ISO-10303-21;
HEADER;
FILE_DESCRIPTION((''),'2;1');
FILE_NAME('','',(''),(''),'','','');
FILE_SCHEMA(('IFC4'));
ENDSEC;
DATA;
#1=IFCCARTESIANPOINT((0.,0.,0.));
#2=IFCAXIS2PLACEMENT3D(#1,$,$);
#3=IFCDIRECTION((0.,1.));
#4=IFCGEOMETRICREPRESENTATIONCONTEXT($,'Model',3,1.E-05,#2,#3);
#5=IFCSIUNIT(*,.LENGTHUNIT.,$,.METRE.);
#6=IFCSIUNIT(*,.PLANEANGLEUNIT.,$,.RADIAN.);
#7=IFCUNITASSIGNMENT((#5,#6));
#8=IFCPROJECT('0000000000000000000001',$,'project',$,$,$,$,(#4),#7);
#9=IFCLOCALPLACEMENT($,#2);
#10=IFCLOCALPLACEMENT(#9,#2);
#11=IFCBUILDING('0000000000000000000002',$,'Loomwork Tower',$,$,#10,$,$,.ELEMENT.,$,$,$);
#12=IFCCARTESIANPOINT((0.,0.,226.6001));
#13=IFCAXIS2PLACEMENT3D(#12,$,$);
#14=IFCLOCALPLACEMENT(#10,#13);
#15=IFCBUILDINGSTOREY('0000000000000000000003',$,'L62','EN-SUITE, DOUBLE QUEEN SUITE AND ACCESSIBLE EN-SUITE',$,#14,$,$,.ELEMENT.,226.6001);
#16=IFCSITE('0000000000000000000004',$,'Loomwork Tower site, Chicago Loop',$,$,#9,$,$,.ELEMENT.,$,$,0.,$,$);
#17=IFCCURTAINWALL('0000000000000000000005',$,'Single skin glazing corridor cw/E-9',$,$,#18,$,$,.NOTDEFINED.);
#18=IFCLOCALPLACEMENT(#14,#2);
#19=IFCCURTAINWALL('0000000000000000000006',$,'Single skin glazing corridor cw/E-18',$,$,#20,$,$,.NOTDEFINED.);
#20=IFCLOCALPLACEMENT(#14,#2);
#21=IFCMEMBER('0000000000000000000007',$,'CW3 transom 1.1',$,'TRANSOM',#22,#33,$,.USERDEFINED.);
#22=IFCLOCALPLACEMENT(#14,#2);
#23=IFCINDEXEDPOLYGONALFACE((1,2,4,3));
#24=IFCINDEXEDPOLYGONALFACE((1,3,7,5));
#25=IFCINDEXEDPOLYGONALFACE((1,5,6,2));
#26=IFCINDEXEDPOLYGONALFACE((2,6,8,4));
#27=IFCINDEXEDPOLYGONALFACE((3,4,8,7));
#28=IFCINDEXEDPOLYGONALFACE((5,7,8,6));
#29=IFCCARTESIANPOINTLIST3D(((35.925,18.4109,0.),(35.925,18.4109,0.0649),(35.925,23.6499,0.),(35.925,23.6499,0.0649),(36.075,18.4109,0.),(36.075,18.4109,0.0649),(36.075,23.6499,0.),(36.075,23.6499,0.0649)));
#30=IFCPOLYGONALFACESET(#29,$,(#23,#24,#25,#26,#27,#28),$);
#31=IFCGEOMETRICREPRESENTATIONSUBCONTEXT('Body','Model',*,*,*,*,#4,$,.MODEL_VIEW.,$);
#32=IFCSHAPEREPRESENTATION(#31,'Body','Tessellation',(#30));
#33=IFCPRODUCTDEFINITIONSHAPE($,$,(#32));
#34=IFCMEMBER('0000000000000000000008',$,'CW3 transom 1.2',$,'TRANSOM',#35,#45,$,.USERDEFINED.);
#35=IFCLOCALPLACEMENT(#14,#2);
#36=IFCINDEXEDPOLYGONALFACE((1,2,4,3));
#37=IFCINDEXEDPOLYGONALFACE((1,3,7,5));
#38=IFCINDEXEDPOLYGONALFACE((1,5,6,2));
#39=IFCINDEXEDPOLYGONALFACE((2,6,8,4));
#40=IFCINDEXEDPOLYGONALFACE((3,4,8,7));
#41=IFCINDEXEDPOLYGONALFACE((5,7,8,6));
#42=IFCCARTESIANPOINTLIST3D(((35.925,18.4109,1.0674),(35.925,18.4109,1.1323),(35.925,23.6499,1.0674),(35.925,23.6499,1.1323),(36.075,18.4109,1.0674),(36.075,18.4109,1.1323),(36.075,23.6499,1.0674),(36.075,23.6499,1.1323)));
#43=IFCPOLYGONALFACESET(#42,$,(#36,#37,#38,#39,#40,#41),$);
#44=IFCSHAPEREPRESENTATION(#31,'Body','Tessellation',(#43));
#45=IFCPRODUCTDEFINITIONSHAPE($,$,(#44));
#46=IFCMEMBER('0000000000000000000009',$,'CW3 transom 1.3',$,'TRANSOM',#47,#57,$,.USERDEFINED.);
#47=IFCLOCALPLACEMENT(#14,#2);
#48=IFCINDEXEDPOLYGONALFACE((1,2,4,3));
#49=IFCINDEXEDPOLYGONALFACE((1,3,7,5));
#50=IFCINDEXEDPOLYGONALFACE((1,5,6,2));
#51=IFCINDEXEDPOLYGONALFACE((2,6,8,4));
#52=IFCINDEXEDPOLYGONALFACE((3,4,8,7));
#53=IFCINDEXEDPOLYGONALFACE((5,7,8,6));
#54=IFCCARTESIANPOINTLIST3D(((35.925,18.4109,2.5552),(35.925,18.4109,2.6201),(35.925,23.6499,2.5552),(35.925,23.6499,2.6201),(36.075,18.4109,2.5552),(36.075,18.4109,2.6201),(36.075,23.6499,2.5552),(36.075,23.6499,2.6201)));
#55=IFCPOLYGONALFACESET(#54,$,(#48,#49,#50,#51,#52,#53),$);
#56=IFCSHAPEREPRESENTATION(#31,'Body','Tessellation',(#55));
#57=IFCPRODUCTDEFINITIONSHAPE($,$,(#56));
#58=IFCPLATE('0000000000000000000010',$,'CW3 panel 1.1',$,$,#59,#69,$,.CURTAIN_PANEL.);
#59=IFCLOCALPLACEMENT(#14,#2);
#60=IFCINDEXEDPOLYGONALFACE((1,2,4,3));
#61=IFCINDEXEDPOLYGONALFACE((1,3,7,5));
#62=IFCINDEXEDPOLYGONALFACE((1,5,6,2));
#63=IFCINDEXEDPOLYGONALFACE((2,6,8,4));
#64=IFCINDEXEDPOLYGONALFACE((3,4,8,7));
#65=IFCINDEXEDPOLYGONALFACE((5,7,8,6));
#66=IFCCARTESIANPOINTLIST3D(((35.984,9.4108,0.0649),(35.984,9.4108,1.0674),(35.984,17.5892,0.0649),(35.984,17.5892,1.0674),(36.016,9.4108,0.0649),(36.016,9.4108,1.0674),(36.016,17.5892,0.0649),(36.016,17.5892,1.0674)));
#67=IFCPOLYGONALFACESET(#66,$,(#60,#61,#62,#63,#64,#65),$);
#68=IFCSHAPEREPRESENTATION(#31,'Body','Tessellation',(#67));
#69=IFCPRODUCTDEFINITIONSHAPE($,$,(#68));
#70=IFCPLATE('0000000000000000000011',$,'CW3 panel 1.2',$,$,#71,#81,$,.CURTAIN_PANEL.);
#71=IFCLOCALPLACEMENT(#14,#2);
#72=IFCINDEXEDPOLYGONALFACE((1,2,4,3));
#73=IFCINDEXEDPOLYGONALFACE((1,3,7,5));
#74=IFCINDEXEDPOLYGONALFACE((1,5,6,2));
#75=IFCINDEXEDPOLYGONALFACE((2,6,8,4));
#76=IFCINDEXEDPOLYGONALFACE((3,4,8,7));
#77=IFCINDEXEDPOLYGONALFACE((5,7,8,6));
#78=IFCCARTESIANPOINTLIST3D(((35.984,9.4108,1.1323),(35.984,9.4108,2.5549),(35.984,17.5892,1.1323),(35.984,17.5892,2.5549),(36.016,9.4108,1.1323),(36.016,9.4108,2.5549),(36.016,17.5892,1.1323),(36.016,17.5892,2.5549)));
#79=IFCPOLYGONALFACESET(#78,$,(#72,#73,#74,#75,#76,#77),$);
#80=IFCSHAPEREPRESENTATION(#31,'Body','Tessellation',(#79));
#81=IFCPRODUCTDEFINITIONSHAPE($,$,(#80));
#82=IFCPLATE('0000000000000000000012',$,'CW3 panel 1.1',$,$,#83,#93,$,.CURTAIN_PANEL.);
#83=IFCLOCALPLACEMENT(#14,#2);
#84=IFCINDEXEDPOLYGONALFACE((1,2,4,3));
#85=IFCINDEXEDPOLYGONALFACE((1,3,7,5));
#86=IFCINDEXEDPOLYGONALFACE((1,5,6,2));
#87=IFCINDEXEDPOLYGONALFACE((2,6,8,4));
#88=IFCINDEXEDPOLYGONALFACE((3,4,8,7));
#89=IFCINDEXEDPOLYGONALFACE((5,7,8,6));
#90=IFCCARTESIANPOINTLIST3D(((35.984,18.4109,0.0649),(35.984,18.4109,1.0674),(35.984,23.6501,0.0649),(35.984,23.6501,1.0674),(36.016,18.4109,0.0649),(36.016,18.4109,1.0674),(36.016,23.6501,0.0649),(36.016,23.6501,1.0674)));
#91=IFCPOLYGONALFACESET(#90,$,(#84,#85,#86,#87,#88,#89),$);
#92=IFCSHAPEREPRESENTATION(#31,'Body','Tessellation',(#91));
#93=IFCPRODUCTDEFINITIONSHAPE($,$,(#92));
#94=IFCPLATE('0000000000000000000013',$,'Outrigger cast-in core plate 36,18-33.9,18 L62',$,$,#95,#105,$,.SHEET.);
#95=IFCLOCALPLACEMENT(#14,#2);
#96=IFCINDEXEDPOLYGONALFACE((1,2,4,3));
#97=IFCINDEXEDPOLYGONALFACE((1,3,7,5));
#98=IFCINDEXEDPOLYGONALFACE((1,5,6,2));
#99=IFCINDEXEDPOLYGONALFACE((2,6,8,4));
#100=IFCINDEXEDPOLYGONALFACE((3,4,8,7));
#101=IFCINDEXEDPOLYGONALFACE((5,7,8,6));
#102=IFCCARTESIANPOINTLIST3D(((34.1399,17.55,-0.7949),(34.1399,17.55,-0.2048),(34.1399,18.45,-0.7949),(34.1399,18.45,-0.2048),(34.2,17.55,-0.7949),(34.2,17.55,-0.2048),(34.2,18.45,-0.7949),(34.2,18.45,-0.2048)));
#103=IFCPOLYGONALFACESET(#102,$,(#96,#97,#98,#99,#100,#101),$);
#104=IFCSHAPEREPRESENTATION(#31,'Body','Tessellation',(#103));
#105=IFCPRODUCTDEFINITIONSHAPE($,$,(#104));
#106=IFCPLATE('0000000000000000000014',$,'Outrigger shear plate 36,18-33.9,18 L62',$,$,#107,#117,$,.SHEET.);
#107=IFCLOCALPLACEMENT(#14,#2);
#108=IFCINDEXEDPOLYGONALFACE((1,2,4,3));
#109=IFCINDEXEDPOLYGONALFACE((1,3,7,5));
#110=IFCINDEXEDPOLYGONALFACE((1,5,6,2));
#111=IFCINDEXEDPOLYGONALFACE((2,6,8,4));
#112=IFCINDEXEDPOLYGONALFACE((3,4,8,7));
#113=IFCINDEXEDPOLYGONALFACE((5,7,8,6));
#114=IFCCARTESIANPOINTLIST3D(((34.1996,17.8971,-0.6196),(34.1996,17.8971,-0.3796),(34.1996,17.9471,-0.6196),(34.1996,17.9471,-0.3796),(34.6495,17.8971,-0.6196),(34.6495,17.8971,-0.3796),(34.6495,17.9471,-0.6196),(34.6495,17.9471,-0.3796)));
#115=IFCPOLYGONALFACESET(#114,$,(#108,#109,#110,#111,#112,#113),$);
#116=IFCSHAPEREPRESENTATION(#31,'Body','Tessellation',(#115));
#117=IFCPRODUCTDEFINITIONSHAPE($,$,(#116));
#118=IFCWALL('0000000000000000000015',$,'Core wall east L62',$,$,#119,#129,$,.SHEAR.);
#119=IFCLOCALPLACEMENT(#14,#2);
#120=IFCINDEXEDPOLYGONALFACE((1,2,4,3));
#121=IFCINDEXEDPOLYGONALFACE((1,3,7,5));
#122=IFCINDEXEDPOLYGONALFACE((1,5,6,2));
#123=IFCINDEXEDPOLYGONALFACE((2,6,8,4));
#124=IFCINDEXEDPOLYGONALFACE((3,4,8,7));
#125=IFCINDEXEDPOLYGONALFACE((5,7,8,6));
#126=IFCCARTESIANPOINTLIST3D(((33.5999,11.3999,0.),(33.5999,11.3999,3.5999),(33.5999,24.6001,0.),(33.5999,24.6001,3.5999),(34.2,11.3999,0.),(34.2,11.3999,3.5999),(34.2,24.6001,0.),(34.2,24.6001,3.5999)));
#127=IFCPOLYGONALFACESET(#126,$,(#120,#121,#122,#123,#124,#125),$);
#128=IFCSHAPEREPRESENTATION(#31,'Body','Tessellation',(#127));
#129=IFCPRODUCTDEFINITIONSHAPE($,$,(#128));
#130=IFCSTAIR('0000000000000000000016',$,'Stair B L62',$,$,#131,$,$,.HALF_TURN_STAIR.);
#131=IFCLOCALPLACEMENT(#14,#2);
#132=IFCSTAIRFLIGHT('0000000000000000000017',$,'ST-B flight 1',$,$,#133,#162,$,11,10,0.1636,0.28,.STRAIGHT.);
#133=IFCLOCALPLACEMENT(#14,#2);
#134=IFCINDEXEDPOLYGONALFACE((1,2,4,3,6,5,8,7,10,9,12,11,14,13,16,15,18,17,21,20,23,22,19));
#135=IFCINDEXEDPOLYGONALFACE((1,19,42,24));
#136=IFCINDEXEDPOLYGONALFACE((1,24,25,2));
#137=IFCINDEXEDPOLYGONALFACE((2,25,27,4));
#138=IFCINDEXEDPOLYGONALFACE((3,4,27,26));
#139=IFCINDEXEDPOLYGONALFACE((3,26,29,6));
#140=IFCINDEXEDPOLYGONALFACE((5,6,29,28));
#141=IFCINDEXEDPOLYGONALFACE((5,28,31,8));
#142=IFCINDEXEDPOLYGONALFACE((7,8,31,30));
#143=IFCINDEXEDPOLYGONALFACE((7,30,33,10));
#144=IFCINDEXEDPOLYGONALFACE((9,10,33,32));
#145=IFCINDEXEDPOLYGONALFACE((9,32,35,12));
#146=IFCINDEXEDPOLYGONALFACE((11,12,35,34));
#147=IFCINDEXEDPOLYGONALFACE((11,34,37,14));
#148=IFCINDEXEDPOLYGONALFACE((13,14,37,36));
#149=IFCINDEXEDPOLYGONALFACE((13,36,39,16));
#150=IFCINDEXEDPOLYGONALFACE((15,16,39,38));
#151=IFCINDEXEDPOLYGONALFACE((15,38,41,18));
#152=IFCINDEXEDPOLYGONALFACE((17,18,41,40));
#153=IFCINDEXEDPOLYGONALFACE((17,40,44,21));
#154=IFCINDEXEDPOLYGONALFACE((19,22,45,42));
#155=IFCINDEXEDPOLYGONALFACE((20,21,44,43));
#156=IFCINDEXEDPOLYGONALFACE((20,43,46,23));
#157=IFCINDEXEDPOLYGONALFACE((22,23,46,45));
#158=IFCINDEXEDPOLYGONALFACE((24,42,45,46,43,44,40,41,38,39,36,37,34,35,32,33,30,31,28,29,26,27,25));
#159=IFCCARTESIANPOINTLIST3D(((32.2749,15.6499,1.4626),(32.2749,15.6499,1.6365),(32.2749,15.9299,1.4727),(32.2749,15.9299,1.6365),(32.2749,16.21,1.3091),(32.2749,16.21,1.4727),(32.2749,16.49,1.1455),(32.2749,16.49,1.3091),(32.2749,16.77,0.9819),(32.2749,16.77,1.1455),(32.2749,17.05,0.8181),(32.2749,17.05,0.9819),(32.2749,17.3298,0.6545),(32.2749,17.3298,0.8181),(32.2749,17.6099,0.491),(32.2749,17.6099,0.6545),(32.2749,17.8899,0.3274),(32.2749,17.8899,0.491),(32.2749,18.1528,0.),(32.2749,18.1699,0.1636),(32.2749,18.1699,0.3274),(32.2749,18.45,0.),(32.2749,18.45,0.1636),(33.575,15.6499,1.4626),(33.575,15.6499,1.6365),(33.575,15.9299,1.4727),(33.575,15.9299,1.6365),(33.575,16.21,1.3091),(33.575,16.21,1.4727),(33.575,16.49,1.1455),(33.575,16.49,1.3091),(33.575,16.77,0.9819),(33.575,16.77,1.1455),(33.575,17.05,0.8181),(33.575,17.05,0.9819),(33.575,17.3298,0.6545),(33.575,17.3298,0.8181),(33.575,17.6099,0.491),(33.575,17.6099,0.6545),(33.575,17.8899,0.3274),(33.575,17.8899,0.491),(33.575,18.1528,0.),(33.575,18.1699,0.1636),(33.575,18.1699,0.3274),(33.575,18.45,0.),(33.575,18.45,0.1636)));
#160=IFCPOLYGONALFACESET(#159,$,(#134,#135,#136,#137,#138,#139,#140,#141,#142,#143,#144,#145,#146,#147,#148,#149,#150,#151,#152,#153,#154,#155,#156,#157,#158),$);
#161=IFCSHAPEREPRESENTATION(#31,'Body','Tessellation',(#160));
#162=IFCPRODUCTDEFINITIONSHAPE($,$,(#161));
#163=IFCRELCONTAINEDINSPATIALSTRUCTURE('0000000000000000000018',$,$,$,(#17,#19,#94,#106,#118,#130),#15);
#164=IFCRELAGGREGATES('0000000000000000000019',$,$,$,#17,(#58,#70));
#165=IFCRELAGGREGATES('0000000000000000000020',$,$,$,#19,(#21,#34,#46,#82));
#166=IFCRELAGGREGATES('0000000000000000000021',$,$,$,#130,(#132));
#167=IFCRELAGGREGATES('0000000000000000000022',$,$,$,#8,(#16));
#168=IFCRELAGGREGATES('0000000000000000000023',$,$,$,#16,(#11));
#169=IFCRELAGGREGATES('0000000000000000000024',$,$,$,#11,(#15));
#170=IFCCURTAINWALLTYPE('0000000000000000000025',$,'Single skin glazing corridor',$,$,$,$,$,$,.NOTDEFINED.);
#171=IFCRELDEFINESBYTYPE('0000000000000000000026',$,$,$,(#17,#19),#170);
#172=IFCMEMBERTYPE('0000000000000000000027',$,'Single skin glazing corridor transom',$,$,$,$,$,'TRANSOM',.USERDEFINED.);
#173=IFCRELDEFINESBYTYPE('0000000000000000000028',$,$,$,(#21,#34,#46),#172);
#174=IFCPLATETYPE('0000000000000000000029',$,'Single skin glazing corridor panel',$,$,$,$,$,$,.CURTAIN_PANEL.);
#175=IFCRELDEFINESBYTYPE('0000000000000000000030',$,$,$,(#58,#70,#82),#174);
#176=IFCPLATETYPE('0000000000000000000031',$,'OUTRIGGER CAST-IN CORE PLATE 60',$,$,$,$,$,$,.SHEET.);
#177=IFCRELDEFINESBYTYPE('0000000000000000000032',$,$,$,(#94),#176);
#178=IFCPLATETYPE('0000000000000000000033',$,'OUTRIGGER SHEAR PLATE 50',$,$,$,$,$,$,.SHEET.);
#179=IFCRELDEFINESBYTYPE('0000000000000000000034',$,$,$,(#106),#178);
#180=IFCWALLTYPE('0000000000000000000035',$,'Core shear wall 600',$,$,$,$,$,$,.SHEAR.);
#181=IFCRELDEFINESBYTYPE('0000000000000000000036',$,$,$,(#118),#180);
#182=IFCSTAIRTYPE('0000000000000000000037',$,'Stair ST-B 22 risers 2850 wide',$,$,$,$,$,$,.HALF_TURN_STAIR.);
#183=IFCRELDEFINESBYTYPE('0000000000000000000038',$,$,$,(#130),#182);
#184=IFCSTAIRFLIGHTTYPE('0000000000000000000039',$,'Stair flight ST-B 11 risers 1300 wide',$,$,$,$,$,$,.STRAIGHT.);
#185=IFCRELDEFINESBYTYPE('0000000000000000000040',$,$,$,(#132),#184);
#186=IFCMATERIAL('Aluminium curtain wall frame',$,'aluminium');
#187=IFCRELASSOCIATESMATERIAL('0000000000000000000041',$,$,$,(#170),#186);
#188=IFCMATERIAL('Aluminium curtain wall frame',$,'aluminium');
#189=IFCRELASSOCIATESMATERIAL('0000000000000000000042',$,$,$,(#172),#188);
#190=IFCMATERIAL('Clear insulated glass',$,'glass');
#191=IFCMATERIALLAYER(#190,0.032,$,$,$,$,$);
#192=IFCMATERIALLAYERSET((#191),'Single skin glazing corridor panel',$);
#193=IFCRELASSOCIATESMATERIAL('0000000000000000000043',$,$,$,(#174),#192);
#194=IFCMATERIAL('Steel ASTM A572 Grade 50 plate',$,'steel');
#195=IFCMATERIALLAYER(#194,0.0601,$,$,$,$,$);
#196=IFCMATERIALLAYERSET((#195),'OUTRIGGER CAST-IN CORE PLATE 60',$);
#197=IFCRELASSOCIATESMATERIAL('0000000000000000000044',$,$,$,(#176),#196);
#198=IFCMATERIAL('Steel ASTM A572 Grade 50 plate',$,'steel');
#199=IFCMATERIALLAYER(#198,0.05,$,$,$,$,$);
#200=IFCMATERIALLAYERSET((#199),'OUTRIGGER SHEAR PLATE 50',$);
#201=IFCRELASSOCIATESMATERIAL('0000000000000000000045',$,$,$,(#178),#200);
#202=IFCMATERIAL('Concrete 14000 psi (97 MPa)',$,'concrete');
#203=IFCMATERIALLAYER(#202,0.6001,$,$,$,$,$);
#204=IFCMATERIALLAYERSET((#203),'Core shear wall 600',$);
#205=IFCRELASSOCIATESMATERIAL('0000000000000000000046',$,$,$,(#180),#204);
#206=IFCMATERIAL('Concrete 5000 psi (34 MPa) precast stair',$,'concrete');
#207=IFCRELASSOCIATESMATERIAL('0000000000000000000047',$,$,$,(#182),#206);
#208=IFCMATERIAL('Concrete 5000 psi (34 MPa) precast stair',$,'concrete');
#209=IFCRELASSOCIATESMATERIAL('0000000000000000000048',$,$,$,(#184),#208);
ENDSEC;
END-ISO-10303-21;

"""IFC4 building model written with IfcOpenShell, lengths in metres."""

from ifc_helpers import new_model, si_unit, direction, frame, frame_2d, origin, origin_2d, place, context, subcontext, project, spatial, polyline, rectangle, outline, extrude, material, layer, layer_set, material_profile, profile_set, type_object, element, aggregate, save


model = new_model("IFC4")

# Units and contexts
model_context = context("Model", 3, precision=1e-05, world=origin(), true_north=direction((0.0, 1.0)))
body_context = subcontext(model_context, "Body", "Model", "MODEL_VIEW")
ifc_project = project(units=[si_unit("LENGTHUNIT", "METRE"), si_unit("PLANEANGLEUNIT", "RADIAN")], contexts=[model_context])

# Site, building, storey
site_placement = place(None, origin())
site = spatial("IfcSite", under=ifc_project, at=site_placement, Name="Loomwork Tower site, Chicago Loop", CompositionType="ELEMENT", RefElevation=0.0)
building_placement = place(site_placement, origin())
building = spatial("IfcBuilding", under=site, at=building_placement, Name="Loomwork Tower", CompositionType="ELEMENT")
storey_placement = place(building_placement, frame((0.0, 0.0, 226.6001)))
storey = spatial("IfcBuildingStorey", under=building, at=storey_placement, Name="L62", Description="EN-SUITE, DOUBLE QUEEN SUITE AND ACCESSIBLE EN-SUITE", CompositionType="ELEMENT", Elevation=226.6001)

# Curtain wall
ifc_material_1 = material(Name="Aluminium curtain wall frame", Category="aluminium")
curtain_wall_type = type_object("IfcCurtainWallType", Name="Single skin glazing corridor", PredefinedType="NOTDEFINED", material=ifc_material_1)
curtain_wall_1_placement = place(storey_placement, origin())
curtain_wall_1 = element("IfcCurtainWall", 1, at=curtain_wall_1_placement, inside=storey, type_object=curtain_wall_type, Name="Single skin glazing corridor cw/E-9", PredefinedType="NOTDEFINED")

# Curtain wall, members
curtain_wall_2_placement = place(storey_placement, origin())
curtain_wall_2 = element("IfcCurtainWall", 2, at=curtain_wall_2_placement, inside=storey, type_object=curtain_wall_type, Name="Single skin glazing corridor cw/E-18", PredefinedType="NOTDEFINED")
ifc_material_2 = material(Name="Aluminium curtain wall frame", Category="aluminium")
ifc_material_profile_1 = material_profile(ifc_material_2, rectangle(XDim=0.1499, YDim=0.0649, at=origin_2d()), Name="AL 65x150")
ifc_profile_set_1 = profile_set([ifc_material_profile_1], Name="Aluminium curtain wall frame")
member_type_1 = type_object("IfcMemberType", Name="Single skin glazing corridor transom", ElementType="TRANSOM", PredefinedType="USERDEFINED", material=ifc_profile_set_1)
member_1_placement = place(storey_placement, frame((36.0, 18.4109, 0.0325), z_axis=(0.0, 1.0, 0.0), x_axis=(-1.0, 0.0, 0.0)))
member_1 = element("IfcMember", 3, at=member_1_placement, type_object=member_type_1, Name="CW3 transom 1.1", ObjectType="TRANSOM", PredefinedType="USERDEFINED", context=body_context, shape_type="SweptSolid", body=[
    extrude(rectangle(XDim=0.1499, YDim=0.0649, at=origin_2d()), origin(), (0.0, 0.0, 1.0), 5.239),
])
member_2_placement = place(storey_placement, frame((36.0, 18.4109, 1.0999), z_axis=(0.0, 1.0, 0.0), x_axis=(-1.0, 0.0, 0.0)))
member_2 = element("IfcMember", 4, at=member_2_placement, type_object=member_type_1, Name="CW3 transom 1.2", ObjectType="TRANSOM", PredefinedType="USERDEFINED", context=body_context, shape_type="SweptSolid", body=[
    extrude(rectangle(XDim=0.1499, YDim=0.0649, at=origin_2d()), origin(), (0.0, 0.0, 1.0), 5.239),
])
member_3_placement = place(storey_placement, frame((36.0, 18.4109, 2.5876), z_axis=(0.0, 1.0, 0.0), x_axis=(-1.0, 0.0, 0.0)))
member_3 = element("IfcMember", 5, at=member_3_placement, type_object=member_type_1, Name="CW3 transom 1.3", ObjectType="TRANSOM", PredefinedType="USERDEFINED", context=body_context, shape_type="SweptSolid", body=[
    extrude(rectangle(XDim=0.1499, YDim=0.0649, at=origin_2d()), origin(), (0.0, 0.0, 1.0), 5.239),
])

# Plates
ifc_material_3 = material(Name="Clear insulated glass", Category="glass")
ifc_layer_1 = layer(ifc_material_3, 0.032)
ifc_layer_set_1 = layer_set([ifc_layer_1], Name="Single skin glazing corridor panel")
plate_type_1 = type_object("IfcPlateType", Name="Single skin glazing corridor panel", PredefinedType="CURTAIN_PANEL", material=ifc_layer_set_1)
plate_1_placement = place(storey_placement, frame((36.0, 13.5, 0.0649), z_axis=(0.0, 0.0, 1.0), x_axis=(0.0, 1.0, 0.0)))
plate_1 = element("IfcPlate", 6, at=plate_1_placement, type_object=plate_type_1, Name="CW3 panel 1.1", PredefinedType="CURTAIN_PANEL", context=body_context, shape_type="SweptSolid", body=[
    extrude(rectangle(XDim=8.1785, YDim=0.032, at=origin_2d()), origin(), (0.0, 0.0, 1.0), 1.0024),
])
plate_2_placement = place(storey_placement, frame((36.0, 13.5, 1.1323), z_axis=(0.0, 0.0, 1.0), x_axis=(0.0, 1.0, 0.0)))
plate_2 = element("IfcPlate", 7, at=plate_2_placement, type_object=plate_type_1, Name="CW3 panel 1.2", PredefinedType="CURTAIN_PANEL", context=body_context, shape_type="SweptSolid", body=[
    extrude(rectangle(XDim=8.1785, YDim=0.032, at=origin_2d()), origin(), (0.0, 0.0, 1.0), 1.4226),
])
aggregate(curtain_wall_1, [plate_1, plate_2])
plate_3_placement = place(storey_placement, frame((36.0, 21.0305, 0.0649), z_axis=(0.0, 0.0, 1.0), x_axis=(0.0, 1.0, 0.0)))
plate_3 = element("IfcPlate", 8, at=plate_3_placement, type_object=plate_type_1, Name="CW3 panel 1.1", PredefinedType="CURTAIN_PANEL", context=body_context, shape_type="SweptSolid", body=[
    extrude(rectangle(XDim=5.2393, YDim=0.032, at=origin_2d()), origin(), (0.0, 0.0, 1.0), 1.0024),
])
aggregate(curtain_wall_2, [member_1, member_2, member_3, plate_3])

# Plates
ifc_material_4 = material(Name="Steel ASTM A572 Grade 50 plate", Category="steel")
ifc_layer_2 = layer(ifc_material_4, 0.0601)
ifc_layer_set_2 = layer_set([ifc_layer_2], Name="OUTRIGGER CAST-IN CORE PLATE 60")
plate_type_2 = type_object("IfcPlateType", Name="OUTRIGGER CAST-IN CORE PLATE 60", PredefinedType="SHEET", material=ifc_layer_set_2)
plate_4_placement = place(storey_placement, frame((34.1699, 18.0, -0.7949), z_axis=(0.0, 0.0, 1.0), x_axis=(0.0, 1.0, 0.0)))
element("IfcPlate", 9, at=plate_4_placement, inside=storey, type_object=plate_type_2, Name="Outrigger cast-in core plate 36,18-33.9,18 L62", PredefinedType="SHEET", context=body_context, shape_type="SweptSolid", body=[
    extrude(rectangle(XDim=0.8999, YDim=0.0601, at=origin_2d()), origin(), (0.0, 0.0, 1.0), 0.5901),
])
ifc_material_5 = material(Name="Steel ASTM A572 Grade 50 plate", Category="steel")
ifc_layer_3 = layer(ifc_material_5, 0.05)
ifc_layer_set_3 = layer_set([ifc_layer_3], Name="OUTRIGGER SHEAR PLATE 50")
plate_type_3 = type_object("IfcPlateType", Name="OUTRIGGER SHEAR PLATE 50", PredefinedType="SHEET", material=ifc_layer_set_3)
plate_5_placement = place(storey_placement, frame((34.4246, 17.9221, -0.6196), z_axis=(0.0, 0.0, 1.0), x_axis=(1.0, 0.0, 0.0)))
element("IfcPlate", 10, at=plate_5_placement, inside=storey, type_object=plate_type_3, Name="Outrigger shear plate 36,18-33.9,18 L62", PredefinedType="SHEET", context=body_context, shape_type="SweptSolid", body=[
    extrude(rectangle(XDim=0.45, YDim=0.05, at=origin_2d()), origin(), (0.0, 0.0, 1.0), 0.24),
])

# Wall
ifc_material_6 = material(Name="Concrete 14000 psi (97 MPa)", Category="concrete")
ifc_layer_4 = layer(ifc_material_6, 0.6001)
ifc_layer_set_4 = layer_set([ifc_layer_4], Name="Core shear wall 600")
wall_type = type_object("IfcWallType", Name="Core shear wall 600", PredefinedType="SHEAR", material=ifc_layer_set_4)
wall_placement = place(storey_placement, frame((33.8999, 11.3999, 0.0), z_axis=(0.0, 0.0, 1.0), x_axis=(0.0, 1.0, 0.0)))
element("IfcWall", 11, at=wall_placement, inside=storey, type_object=wall_type, Name="Core wall east L62", PredefinedType="SHEAR", context=body_context, shape_type="SweptSolid", body=[
    extrude(rectangle(XDim=13.2002, YDim=0.6001, at=frame_2d((6.6001, 0.0))), origin(), (0.0, 0.0, 1.0), 3.5999),
])

# Stair, stair flight
ifc_material_7 = material(Name="Concrete 5000 psi (34 MPa) precast stair", Category="concrete")
stair_type = type_object("IfcStairType", Name="Stair ST-B 22 risers 2850 wide", PredefinedType="HALF_TURN_STAIR", material=ifc_material_7)
stair_placement = place(storey_placement, origin())
stair = element("IfcStair", 12, at=stair_placement, inside=storey, type_object=stair_type, Name="Stair B L62", PredefinedType="HALF_TURN_STAIR")
ifc_material_8 = material(Name="Concrete 5000 psi (34 MPa) precast stair", Category="concrete")
stair_flight_type = type_object("IfcStairFlightType", Name="Stair flight ST-B 11 risers 1300 wide", PredefinedType="STRAIGHT", material=ifc_material_8)
stair_flight_placement = place(storey_placement, frame((32.925, 18.45, 0.0), z_axis=(0.0, 0.0, 1.0), x_axis=(0.0, -1.0, 0.0)))
stair_flight = element("IfcStairFlight", 13, at=stair_flight_placement, type_object=stair_flight_type, Name="ST-B flight 1", NumberOfRisers=11, NumberOfTreads=10, PredefinedType="STRAIGHT", RiserHeight=0.1636, TreadLength=0.28, context=body_context, shape_type="SweptSolid", body=[
    extrude(outline(polyline([(0.0, 0.0), (0.0, 0.1636), (0.28, 0.1636), (0.28, 0.3274), (0.5601, 0.3274), (0.5601, 0.491), (0.8401, 0.491), (0.8401, 0.6545), (1.1201, 0.6545), (1.1201, 0.8181), (1.3999, 0.8181), (1.3999, 0.9819), (1.6799, 0.9819), (1.6799, 1.1455), (1.96, 1.1455), (1.96, 1.3091), (2.24, 1.3091), (2.24, 1.4727), (2.52, 1.4727), (2.52, 1.6365), (2.8, 1.6365), (2.8, 1.8), (2.8, 1.4626), (0.2971, 0.0), (0.0, 0.0)])), frame((0.0, 0.6499, 0.0), z_axis=(0.0, -1.0, 0.0), x_axis=(1.0, 0.0, 0.0)), (0.0, 0.0, 1.0), 1.3),
])
aggregate(stair, [stair_flight])

save(model, "model.ifc")
